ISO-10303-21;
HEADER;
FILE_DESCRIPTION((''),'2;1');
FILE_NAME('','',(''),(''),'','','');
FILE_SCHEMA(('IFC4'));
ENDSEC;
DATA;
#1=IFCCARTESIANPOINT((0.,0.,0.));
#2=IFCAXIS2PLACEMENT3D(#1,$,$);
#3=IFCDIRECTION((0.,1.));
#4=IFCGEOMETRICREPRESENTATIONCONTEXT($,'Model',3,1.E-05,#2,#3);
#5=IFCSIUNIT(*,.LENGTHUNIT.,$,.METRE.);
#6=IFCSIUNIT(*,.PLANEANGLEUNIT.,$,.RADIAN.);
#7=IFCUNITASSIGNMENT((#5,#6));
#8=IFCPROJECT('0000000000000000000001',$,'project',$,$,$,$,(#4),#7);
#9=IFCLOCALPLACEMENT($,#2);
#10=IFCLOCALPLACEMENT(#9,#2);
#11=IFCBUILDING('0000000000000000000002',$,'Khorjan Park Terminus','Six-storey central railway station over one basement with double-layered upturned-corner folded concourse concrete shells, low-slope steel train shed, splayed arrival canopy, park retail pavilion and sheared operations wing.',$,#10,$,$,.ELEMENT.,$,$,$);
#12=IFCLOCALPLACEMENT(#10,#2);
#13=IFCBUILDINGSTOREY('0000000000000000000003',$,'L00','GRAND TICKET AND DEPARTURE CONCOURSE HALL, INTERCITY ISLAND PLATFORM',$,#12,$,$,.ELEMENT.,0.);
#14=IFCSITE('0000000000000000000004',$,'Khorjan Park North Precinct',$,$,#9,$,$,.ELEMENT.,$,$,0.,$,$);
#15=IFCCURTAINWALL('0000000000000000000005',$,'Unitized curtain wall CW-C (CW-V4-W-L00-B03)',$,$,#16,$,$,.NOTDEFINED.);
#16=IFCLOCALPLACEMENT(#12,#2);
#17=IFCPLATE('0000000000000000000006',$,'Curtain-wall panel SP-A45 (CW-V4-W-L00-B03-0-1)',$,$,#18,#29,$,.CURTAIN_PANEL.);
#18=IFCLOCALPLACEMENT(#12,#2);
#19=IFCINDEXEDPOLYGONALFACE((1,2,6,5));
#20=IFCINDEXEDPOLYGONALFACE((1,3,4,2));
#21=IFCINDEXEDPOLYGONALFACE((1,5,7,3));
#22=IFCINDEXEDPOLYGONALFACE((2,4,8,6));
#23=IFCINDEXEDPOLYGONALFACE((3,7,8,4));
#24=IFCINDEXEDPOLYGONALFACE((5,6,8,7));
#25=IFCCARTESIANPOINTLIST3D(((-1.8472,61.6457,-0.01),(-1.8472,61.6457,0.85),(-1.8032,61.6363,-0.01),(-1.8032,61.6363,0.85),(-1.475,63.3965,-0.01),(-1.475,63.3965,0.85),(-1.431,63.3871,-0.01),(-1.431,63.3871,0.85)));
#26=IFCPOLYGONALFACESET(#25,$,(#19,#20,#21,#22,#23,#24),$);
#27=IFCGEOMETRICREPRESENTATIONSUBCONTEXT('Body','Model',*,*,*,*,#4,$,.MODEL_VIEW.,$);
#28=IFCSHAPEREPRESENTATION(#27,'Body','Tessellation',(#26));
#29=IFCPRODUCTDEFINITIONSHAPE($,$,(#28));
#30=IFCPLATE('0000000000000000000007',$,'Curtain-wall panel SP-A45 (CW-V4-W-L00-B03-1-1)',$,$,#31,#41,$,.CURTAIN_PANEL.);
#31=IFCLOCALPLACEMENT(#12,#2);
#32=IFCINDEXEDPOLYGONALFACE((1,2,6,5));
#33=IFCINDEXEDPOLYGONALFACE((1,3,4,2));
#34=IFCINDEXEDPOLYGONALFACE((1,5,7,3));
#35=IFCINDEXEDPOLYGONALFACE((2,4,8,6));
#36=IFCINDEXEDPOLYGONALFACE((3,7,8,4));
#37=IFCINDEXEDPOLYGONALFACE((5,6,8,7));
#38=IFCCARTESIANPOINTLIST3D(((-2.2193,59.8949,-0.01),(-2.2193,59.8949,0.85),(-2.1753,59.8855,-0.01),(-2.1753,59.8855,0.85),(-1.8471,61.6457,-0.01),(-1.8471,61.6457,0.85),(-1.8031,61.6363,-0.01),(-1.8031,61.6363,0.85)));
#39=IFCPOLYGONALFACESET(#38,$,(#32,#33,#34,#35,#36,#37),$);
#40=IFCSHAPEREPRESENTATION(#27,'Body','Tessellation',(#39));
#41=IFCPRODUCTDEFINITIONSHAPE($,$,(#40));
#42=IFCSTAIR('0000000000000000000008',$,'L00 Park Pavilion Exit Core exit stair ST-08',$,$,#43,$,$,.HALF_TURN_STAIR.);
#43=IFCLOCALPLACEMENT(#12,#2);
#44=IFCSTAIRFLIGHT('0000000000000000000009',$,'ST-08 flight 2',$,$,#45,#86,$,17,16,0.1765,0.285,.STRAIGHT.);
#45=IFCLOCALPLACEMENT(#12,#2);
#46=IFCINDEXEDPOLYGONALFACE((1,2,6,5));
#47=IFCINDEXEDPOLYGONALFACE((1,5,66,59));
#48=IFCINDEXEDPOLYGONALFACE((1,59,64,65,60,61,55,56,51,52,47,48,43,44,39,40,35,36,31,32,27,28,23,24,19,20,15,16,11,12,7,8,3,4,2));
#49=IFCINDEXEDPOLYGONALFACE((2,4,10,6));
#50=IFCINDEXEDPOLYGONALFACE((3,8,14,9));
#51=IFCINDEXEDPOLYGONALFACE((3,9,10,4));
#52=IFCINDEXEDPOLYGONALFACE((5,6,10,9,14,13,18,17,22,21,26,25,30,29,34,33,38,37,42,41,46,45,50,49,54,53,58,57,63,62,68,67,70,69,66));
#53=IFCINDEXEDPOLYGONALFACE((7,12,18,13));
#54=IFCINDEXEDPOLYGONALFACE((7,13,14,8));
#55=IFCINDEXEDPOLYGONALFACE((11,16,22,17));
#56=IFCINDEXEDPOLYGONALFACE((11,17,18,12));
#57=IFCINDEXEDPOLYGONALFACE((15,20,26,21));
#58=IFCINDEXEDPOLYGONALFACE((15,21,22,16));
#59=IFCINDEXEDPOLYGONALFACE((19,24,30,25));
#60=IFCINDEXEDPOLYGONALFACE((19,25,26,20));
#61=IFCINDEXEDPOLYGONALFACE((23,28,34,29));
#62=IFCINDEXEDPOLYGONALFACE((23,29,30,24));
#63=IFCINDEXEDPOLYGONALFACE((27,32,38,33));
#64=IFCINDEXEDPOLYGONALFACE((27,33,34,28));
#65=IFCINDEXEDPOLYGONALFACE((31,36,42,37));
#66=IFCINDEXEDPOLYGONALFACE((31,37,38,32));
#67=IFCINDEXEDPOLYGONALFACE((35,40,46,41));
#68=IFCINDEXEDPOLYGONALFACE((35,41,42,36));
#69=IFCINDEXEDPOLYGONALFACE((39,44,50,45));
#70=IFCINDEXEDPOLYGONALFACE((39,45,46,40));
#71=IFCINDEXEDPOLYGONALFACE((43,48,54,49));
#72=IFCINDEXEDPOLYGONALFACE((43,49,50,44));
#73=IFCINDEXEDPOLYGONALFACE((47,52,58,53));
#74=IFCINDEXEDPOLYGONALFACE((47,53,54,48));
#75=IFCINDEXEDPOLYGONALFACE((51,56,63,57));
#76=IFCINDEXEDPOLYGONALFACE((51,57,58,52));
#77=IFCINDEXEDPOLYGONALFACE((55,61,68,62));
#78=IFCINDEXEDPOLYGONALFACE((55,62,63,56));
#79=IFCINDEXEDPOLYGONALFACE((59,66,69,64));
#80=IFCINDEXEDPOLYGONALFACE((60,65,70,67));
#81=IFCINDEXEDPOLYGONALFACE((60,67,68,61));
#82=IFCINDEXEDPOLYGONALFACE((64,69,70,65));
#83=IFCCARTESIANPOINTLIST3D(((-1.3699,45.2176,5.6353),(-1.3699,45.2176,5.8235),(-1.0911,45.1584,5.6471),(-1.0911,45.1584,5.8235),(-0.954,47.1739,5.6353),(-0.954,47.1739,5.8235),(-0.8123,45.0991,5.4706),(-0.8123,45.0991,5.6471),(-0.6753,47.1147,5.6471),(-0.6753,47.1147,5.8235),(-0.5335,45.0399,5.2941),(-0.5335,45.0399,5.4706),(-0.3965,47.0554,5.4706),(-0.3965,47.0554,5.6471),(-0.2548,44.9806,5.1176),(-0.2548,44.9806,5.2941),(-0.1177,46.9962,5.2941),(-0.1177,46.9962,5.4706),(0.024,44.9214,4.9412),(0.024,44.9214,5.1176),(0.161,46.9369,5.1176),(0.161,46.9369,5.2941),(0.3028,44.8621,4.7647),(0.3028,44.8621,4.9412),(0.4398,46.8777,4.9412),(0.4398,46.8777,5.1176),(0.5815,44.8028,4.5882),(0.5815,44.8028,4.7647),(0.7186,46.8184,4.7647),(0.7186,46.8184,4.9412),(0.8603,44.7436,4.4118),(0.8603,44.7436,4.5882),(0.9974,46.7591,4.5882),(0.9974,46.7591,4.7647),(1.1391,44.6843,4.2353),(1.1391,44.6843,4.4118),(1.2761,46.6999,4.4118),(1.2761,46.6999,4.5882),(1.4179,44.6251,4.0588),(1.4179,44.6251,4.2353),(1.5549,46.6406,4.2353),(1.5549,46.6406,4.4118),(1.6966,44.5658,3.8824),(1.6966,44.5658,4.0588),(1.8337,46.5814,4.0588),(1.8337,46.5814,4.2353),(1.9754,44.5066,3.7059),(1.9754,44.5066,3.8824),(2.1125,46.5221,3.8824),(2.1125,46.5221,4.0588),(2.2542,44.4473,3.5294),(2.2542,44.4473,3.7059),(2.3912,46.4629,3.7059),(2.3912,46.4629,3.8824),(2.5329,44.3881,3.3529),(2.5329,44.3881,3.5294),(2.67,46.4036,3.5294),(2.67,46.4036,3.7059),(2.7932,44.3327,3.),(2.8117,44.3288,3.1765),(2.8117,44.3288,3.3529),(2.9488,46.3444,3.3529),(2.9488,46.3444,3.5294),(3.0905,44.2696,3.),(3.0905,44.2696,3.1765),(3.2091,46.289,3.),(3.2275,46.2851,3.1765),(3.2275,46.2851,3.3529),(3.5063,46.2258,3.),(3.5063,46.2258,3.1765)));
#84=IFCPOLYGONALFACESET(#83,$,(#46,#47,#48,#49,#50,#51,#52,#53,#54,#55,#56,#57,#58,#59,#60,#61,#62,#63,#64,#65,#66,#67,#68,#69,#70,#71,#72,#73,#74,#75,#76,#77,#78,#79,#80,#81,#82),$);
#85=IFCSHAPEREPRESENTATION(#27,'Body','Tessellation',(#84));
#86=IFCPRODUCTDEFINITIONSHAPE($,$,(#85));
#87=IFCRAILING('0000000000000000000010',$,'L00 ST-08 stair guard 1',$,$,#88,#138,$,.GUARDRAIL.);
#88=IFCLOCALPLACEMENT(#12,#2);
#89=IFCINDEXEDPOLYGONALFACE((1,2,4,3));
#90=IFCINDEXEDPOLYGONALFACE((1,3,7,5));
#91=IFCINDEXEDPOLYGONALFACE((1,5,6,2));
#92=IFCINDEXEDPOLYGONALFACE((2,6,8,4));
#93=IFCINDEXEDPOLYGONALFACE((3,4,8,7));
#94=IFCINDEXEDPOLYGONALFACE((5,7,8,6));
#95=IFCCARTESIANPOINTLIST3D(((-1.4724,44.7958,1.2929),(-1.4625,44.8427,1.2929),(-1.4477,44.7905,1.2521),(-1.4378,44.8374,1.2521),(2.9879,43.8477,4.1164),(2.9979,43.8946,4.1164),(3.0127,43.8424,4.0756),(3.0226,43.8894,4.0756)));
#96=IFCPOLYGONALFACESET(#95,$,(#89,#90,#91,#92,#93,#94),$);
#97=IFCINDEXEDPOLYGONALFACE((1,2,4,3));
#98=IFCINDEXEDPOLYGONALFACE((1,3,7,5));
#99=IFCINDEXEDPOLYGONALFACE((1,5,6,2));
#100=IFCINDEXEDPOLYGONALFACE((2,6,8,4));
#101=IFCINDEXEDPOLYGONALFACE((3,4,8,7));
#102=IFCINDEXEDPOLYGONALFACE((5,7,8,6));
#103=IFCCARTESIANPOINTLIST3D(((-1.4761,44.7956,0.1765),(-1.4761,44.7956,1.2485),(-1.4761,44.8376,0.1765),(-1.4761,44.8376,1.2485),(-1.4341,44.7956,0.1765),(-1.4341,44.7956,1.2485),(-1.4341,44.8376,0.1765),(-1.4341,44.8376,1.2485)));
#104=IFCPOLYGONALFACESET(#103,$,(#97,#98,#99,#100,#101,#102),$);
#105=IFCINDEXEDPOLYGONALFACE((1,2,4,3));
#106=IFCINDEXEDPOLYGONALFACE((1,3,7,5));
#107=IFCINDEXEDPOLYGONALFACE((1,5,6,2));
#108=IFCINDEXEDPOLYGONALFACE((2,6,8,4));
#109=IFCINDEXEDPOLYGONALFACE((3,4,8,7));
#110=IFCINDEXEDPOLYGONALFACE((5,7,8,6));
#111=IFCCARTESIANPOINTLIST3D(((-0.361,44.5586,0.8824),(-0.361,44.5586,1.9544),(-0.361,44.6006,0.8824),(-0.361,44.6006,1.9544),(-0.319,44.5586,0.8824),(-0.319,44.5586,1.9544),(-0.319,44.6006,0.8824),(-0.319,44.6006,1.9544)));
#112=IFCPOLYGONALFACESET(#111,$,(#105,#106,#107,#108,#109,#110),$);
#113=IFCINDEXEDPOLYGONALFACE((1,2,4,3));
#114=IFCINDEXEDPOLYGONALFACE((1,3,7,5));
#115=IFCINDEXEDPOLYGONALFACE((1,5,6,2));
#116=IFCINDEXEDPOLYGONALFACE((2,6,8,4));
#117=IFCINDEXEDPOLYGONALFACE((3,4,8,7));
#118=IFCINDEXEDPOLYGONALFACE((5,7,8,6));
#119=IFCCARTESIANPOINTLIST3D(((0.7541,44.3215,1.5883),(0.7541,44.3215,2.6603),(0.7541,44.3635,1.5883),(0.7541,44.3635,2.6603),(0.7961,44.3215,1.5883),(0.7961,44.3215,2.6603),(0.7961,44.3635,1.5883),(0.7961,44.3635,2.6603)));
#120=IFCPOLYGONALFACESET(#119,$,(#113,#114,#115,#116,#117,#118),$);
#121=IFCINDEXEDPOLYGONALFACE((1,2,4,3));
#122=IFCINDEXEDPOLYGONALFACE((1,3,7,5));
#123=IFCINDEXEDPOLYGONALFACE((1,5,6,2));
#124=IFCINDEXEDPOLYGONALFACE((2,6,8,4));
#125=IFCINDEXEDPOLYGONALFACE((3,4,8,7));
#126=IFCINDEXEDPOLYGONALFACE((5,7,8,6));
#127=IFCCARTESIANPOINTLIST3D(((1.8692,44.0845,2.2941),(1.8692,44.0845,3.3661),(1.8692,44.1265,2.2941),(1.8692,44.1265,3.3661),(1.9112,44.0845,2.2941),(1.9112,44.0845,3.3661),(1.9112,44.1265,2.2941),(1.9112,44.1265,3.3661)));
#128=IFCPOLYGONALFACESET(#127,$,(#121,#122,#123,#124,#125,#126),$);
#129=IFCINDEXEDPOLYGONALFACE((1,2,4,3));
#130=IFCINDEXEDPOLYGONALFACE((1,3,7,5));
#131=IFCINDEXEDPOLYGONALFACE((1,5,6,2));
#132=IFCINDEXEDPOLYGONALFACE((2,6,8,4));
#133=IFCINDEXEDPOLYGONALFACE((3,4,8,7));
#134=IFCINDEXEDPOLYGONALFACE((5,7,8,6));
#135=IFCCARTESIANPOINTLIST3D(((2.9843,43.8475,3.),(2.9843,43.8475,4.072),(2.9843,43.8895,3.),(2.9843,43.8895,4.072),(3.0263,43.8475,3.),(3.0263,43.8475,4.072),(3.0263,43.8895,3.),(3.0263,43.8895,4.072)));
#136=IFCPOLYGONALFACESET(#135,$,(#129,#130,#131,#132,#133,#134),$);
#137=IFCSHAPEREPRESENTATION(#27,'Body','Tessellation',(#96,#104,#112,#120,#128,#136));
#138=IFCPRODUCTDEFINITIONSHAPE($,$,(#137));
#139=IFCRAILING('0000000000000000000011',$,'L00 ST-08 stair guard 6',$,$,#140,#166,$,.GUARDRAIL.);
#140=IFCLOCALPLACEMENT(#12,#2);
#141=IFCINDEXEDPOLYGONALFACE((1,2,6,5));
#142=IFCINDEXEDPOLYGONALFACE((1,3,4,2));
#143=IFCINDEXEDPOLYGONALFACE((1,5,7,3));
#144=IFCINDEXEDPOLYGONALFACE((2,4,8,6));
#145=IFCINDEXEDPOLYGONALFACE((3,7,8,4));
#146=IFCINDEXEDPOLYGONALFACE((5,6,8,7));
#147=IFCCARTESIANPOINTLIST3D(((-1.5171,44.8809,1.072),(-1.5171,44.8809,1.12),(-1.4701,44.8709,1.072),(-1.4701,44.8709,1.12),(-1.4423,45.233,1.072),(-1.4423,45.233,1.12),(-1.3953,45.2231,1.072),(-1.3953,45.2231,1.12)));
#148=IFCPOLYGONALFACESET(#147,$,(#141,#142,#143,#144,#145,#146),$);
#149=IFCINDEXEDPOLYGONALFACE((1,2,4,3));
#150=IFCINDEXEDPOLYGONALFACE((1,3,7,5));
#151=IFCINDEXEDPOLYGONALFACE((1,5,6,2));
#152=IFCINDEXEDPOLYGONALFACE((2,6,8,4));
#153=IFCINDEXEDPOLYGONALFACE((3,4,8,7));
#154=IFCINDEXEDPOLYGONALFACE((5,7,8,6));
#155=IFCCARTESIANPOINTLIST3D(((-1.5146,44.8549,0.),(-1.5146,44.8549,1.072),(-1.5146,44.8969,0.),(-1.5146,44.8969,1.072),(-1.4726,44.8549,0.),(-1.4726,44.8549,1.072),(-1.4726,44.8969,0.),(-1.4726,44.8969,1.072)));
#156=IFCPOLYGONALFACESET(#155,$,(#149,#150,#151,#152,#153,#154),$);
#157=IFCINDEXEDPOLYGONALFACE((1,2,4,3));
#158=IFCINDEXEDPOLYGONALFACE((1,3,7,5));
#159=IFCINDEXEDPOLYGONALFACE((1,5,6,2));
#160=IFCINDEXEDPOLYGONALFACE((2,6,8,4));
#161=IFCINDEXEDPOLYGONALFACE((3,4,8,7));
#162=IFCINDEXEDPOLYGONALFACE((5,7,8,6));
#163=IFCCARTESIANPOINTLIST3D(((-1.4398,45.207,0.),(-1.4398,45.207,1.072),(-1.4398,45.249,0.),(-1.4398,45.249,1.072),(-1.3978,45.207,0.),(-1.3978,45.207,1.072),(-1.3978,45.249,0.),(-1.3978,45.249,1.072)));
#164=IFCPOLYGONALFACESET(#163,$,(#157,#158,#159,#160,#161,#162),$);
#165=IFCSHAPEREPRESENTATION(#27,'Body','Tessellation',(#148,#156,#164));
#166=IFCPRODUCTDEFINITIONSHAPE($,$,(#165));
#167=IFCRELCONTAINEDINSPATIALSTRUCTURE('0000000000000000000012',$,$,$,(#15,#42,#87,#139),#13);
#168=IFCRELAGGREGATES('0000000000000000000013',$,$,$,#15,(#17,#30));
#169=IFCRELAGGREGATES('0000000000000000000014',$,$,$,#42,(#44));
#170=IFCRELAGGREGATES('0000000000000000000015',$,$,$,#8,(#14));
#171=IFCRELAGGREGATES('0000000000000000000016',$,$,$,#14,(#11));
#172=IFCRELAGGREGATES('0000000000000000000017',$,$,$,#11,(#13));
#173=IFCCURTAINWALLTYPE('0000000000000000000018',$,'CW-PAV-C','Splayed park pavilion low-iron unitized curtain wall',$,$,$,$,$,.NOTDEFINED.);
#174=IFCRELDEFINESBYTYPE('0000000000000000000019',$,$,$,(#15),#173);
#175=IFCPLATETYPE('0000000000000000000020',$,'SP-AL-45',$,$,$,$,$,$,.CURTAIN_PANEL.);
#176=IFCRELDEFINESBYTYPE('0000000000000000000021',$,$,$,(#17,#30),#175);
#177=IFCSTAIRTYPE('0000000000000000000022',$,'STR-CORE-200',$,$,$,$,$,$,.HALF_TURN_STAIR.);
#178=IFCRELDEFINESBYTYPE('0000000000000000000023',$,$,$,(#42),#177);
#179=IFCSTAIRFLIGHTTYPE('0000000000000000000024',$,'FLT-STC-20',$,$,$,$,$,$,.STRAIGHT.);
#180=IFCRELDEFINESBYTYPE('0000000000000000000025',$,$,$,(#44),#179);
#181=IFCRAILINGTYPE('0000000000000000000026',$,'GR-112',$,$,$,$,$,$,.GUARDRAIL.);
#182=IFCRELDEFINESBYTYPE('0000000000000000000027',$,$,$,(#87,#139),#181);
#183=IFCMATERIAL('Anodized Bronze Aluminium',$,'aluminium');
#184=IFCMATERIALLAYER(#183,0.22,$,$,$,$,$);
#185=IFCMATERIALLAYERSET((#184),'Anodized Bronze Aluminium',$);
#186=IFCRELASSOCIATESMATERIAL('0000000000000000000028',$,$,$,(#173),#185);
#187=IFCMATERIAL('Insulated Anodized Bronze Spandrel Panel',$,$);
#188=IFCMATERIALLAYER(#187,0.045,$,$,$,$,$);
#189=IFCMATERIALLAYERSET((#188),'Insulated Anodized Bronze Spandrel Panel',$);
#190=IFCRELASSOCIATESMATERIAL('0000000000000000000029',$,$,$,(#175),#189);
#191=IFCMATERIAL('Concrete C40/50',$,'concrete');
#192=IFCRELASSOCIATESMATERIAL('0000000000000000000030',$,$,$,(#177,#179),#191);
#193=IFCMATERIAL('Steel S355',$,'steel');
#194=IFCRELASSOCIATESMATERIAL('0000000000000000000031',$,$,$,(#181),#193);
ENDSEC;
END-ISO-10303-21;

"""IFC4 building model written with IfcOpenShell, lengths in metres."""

from ifc_helpers import new_model, si_unit, direction, frame, origin, origin_2d, place, context, subcontext, project, spatial, polyline, rectangle, outline, extrude, material, layer, layer_set, type_object, element, aggregate, save


model = new_model("IFC4")

# Units and contexts
model_context = context("Model", 3, precision=1e-05, world=origin(), true_north=direction((0.0, 1.0)))
body_context = subcontext(model_context, "Body", "Model", "MODEL_VIEW")
ifc_project = project(units=[si_unit("LENGTHUNIT", "METRE"), si_unit("PLANEANGLEUNIT", "RADIAN")], contexts=[model_context])

# Site, building, storey
site_placement = place(None, origin())
site = spatial("IfcSite", under=ifc_project, at=site_placement, Name="Khorjan Park North Precinct", CompositionType="ELEMENT", RefElevation=0.0)
building_placement = place(site_placement, origin())
building = spatial("IfcBuilding", under=site, at=building_placement, Name="Khorjan Park Terminus", Description="Six-storey central railway station over one basement with double-layered upturned-corner folded concourse concrete shells, low-slope steel train shed, splayed arrival canopy, park retail pavilion and sheared operations wing.", CompositionType="ELEMENT")
storey_placement = place(building_placement, origin())
storey = spatial("IfcBuildingStorey", under=building, at=storey_placement, Name="L00", Description="GRAND TICKET AND DEPARTURE CONCOURSE HALL, INTERCITY ISLAND PLATFORM", CompositionType="ELEMENT", Elevation=0.0)

# Shared definitions
ifc_material_1 = material(Name="Steel S355", Category="steel")

# Curtain wall, plates
ifc_material_2 = material(Name="Anodized Bronze Aluminium", Category="aluminium")
ifc_layer_1 = layer(ifc_material_2, 0.22)
ifc_layer_set_1 = layer_set([ifc_layer_1], Name="Anodized Bronze Aluminium")
curtain_wall_type = type_object("IfcCurtainWallType", Name="CW-PAV-C", Description="Splayed park pavilion low-iron unitized curtain wall", PredefinedType="NOTDEFINED", material=ifc_layer_set_1)
curtain_wall_placement = place(storey_placement, origin())
curtain_wall = element("IfcCurtainWall", 1, at=curtain_wall_placement, inside=storey, type_object=curtain_wall_type, Name="Unitized curtain wall CW-C (CW-V4-W-L00-B03)", PredefinedType="NOTDEFINED")
ifc_material_3 = material(Name="Insulated Anodized Bronze Spandrel Panel")
ifc_layer_2 = layer(ifc_material_3, 0.045)
ifc_layer_set_2 = layer_set([ifc_layer_2], Name="Insulated Anodized Bronze Spandrel Panel")
plate_type_1 = type_object("IfcPlateType", Name="SP-AL-45", PredefinedType="CURTAIN_PANEL", material=ifc_layer_set_2)
plate_1_placement = place(storey_placement, frame((-1.6391, 62.5164, -0.01), z_axis=(0.0, 0.0, 1.0), x_axis=(-0.207917, -0.978147, 0.0)))
plate_1 = element("IfcPlate", 2, at=plate_1_placement, type_object=plate_type_1, Name="Curtain-wall panel SP-A45 (CW-V4-W-L00-B03-0-1)", PredefinedType="CURTAIN_PANEL", context=body_context, shape_type="SweptSolid", body=[
    extrude(rectangle(XDim=1.7899, YDim=0.045, at=origin_2d()), origin(), (0.0, 0.0, 1.0), 0.86),
])
plate_2_placement = place(storey_placement, frame((-2.0112, 60.7656, -0.01), z_axis=(0.0, 0.0, 1.0), x_axis=(-0.207917, -0.978147, 0.0)))
plate_2 = element("IfcPlate", 3, at=plate_2_placement, type_object=plate_type_1, Name="Curtain-wall panel SP-A45 (CW-V4-W-L00-B03-1-1)", PredefinedType="CURTAIN_PANEL", context=body_context, shape_type="SweptSolid", body=[
    extrude(rectangle(XDim=1.7899, YDim=0.045, at=origin_2d()), origin(), (0.0, 0.0, 1.0), 0.86),
])
aggregate(curtain_wall, [plate_1, plate_2])

# Stair, stair flight
ifc_material_4 = material(Name="Concrete C40/50", Category="concrete")
stair_type = type_object("IfcStairType", Name="STR-CORE-200", PredefinedType="HALF_TURN_STAIR", material=ifc_material_4)
stair_placement = place(storey_placement, origin())
stair = element("IfcStair", 4, at=stair_placement, inside=storey, type_object=stair_type, Name="L00 Park Pavilion Exit Core exit stair ST-08", PredefinedType="HALF_TURN_STAIR")
stair_flight_type = type_object("IfcStairFlightType", Name="FLT-STC-20", PredefinedType="STRAIGHT", material=ifc_material_4)
stair_flight_placement = place(storey_placement, frame((3.2984, 45.2477, 3.0), z_axis=(0.0, 0.0, 1.0), x_axis=(-0.978148, 0.207912, 0.0)))
stair_flight = element("IfcStairFlight", 5, at=stair_flight_placement, type_object=stair_flight_type, Name="ST-08 flight 2", NumberOfRisers=17, NumberOfTreads=16, PredefinedType="STRAIGHT", RiserHeight=0.1765, TreadLength=0.285, context=body_context, shape_type="SweptSolid", body=[
    extrude(outline(polyline([(0.0, 0.0), (0.0, 0.1765), (0.285, 0.1765), (0.285, 0.3529), (0.57, 0.3529), (0.57, 0.5294), (0.855, 0.5294), (0.855, 0.7059), (1.14, 0.7059), (1.14, 0.8824), (1.425, 0.8824), (1.425, 1.0588), (1.71, 1.0588), (1.71, 1.2353), (1.995, 1.2353), (1.995, 1.4118), (2.28, 1.4118), (2.28, 1.5882), (2.565, 1.5882), (2.565, 1.7647), (2.85, 1.7647), (2.85, 1.9412), (3.135, 1.9412), (3.135, 2.1176), (3.42, 2.1176), (3.42, 2.2941), (3.705, 2.2941), (3.705, 2.4706), (3.99, 2.4706), (3.99, 2.6471), (4.275, 2.6471), (4.275, 2.8235), (4.56, 2.8235), (4.56, 3.0), (4.56, 2.6353), (0.3039, 0.0), (0.0, 0.0)])), frame((0.0, 1.0, 0.0), z_axis=(0.0, -1.0, 0.0), x_axis=(1.0, 0.0, 0.0)), (0.0, 0.0, 1.0), 2.0),
])
aggregate(stair, [stair_flight])

# Railings
railing_type_1 = type_object("IfcRailingType", Name="GR-112", PredefinedType="GUARDRAIL", material=ifc_material_1)
railing_1_placement = place(storey_placement, frame((-1.4551, 44.8166, 0.1765)))
element("IfcRailing", 6, at=railing_1_placement, inside=storey, type_object=railing_type_1, Name="L00 ST-08 stair guard 1", PredefinedType="GUARDRAIL", context=body_context, shape_type="SweptSolid", body=[
    extrude(rectangle(XDim=0.048, YDim=0.048, at=origin_2d()), frame((0.0, 0.0, 1.096), z_axis=(0.831634, -0.176772, 0.526437), x_axis=(0.207914, 0.978147, 0.0)), (0.0, 0.0, 1.0), 5.3634),
    extrude(rectangle(XDim=0.042, YDim=0.042, at=origin_2d()), origin(), (0.0, 0.0, 1.0), 1.072),
    extrude(rectangle(XDim=0.042, YDim=0.042, at=origin_2d()), frame((1.1151, -0.237, 0.7059)), (0.0, 0.0, 1.0), 1.072),
    extrude(rectangle(XDim=0.042, YDim=0.042, at=origin_2d()), frame((2.2302, -0.4741, 1.4118)), (0.0, 0.0, 1.0), 1.072),
    extrude(rectangle(XDim=0.042, YDim=0.042, at=origin_2d()), frame((3.3453, -0.7111, 2.1176)), (0.0, 0.0, 1.0), 1.072),
    extrude(rectangle(XDim=0.042, YDim=0.042, at=origin_2d()), frame((4.4604, -0.9481, 2.8235)), (0.0, 0.0, 1.0), 1.072),
])
railing_2_placement = place(storey_placement, frame((-1.4936, 44.8759, 0.0)))
element("IfcRailing", 7, at=railing_2_placement, inside=storey, type_object=railing_type_1, Name="L00 ST-08 stair guard 6", PredefinedType="GUARDRAIL", context=body_context, shape_type="SweptSolid", body=[
    extrude(rectangle(XDim=0.048, YDim=0.048, at=origin_2d()), frame((0.0, 0.0, 1.096), z_axis=(0.207802, 0.978171, 0.0), x_axis=(-0.978171, 0.207802, 0.0)), (0.0, 0.0, 1.0), 0.36),
    extrude(rectangle(XDim=0.042, YDim=0.042, at=origin_2d()), origin(), (0.0, 0.0, 1.0), 1.072),
    extrude(rectangle(XDim=0.042, YDim=0.042, at=origin_2d()), frame((0.0748, 0.3521, 0.0)), (0.0, 0.0, 1.0), 1.072),
])

save(model, "model.ifc")
